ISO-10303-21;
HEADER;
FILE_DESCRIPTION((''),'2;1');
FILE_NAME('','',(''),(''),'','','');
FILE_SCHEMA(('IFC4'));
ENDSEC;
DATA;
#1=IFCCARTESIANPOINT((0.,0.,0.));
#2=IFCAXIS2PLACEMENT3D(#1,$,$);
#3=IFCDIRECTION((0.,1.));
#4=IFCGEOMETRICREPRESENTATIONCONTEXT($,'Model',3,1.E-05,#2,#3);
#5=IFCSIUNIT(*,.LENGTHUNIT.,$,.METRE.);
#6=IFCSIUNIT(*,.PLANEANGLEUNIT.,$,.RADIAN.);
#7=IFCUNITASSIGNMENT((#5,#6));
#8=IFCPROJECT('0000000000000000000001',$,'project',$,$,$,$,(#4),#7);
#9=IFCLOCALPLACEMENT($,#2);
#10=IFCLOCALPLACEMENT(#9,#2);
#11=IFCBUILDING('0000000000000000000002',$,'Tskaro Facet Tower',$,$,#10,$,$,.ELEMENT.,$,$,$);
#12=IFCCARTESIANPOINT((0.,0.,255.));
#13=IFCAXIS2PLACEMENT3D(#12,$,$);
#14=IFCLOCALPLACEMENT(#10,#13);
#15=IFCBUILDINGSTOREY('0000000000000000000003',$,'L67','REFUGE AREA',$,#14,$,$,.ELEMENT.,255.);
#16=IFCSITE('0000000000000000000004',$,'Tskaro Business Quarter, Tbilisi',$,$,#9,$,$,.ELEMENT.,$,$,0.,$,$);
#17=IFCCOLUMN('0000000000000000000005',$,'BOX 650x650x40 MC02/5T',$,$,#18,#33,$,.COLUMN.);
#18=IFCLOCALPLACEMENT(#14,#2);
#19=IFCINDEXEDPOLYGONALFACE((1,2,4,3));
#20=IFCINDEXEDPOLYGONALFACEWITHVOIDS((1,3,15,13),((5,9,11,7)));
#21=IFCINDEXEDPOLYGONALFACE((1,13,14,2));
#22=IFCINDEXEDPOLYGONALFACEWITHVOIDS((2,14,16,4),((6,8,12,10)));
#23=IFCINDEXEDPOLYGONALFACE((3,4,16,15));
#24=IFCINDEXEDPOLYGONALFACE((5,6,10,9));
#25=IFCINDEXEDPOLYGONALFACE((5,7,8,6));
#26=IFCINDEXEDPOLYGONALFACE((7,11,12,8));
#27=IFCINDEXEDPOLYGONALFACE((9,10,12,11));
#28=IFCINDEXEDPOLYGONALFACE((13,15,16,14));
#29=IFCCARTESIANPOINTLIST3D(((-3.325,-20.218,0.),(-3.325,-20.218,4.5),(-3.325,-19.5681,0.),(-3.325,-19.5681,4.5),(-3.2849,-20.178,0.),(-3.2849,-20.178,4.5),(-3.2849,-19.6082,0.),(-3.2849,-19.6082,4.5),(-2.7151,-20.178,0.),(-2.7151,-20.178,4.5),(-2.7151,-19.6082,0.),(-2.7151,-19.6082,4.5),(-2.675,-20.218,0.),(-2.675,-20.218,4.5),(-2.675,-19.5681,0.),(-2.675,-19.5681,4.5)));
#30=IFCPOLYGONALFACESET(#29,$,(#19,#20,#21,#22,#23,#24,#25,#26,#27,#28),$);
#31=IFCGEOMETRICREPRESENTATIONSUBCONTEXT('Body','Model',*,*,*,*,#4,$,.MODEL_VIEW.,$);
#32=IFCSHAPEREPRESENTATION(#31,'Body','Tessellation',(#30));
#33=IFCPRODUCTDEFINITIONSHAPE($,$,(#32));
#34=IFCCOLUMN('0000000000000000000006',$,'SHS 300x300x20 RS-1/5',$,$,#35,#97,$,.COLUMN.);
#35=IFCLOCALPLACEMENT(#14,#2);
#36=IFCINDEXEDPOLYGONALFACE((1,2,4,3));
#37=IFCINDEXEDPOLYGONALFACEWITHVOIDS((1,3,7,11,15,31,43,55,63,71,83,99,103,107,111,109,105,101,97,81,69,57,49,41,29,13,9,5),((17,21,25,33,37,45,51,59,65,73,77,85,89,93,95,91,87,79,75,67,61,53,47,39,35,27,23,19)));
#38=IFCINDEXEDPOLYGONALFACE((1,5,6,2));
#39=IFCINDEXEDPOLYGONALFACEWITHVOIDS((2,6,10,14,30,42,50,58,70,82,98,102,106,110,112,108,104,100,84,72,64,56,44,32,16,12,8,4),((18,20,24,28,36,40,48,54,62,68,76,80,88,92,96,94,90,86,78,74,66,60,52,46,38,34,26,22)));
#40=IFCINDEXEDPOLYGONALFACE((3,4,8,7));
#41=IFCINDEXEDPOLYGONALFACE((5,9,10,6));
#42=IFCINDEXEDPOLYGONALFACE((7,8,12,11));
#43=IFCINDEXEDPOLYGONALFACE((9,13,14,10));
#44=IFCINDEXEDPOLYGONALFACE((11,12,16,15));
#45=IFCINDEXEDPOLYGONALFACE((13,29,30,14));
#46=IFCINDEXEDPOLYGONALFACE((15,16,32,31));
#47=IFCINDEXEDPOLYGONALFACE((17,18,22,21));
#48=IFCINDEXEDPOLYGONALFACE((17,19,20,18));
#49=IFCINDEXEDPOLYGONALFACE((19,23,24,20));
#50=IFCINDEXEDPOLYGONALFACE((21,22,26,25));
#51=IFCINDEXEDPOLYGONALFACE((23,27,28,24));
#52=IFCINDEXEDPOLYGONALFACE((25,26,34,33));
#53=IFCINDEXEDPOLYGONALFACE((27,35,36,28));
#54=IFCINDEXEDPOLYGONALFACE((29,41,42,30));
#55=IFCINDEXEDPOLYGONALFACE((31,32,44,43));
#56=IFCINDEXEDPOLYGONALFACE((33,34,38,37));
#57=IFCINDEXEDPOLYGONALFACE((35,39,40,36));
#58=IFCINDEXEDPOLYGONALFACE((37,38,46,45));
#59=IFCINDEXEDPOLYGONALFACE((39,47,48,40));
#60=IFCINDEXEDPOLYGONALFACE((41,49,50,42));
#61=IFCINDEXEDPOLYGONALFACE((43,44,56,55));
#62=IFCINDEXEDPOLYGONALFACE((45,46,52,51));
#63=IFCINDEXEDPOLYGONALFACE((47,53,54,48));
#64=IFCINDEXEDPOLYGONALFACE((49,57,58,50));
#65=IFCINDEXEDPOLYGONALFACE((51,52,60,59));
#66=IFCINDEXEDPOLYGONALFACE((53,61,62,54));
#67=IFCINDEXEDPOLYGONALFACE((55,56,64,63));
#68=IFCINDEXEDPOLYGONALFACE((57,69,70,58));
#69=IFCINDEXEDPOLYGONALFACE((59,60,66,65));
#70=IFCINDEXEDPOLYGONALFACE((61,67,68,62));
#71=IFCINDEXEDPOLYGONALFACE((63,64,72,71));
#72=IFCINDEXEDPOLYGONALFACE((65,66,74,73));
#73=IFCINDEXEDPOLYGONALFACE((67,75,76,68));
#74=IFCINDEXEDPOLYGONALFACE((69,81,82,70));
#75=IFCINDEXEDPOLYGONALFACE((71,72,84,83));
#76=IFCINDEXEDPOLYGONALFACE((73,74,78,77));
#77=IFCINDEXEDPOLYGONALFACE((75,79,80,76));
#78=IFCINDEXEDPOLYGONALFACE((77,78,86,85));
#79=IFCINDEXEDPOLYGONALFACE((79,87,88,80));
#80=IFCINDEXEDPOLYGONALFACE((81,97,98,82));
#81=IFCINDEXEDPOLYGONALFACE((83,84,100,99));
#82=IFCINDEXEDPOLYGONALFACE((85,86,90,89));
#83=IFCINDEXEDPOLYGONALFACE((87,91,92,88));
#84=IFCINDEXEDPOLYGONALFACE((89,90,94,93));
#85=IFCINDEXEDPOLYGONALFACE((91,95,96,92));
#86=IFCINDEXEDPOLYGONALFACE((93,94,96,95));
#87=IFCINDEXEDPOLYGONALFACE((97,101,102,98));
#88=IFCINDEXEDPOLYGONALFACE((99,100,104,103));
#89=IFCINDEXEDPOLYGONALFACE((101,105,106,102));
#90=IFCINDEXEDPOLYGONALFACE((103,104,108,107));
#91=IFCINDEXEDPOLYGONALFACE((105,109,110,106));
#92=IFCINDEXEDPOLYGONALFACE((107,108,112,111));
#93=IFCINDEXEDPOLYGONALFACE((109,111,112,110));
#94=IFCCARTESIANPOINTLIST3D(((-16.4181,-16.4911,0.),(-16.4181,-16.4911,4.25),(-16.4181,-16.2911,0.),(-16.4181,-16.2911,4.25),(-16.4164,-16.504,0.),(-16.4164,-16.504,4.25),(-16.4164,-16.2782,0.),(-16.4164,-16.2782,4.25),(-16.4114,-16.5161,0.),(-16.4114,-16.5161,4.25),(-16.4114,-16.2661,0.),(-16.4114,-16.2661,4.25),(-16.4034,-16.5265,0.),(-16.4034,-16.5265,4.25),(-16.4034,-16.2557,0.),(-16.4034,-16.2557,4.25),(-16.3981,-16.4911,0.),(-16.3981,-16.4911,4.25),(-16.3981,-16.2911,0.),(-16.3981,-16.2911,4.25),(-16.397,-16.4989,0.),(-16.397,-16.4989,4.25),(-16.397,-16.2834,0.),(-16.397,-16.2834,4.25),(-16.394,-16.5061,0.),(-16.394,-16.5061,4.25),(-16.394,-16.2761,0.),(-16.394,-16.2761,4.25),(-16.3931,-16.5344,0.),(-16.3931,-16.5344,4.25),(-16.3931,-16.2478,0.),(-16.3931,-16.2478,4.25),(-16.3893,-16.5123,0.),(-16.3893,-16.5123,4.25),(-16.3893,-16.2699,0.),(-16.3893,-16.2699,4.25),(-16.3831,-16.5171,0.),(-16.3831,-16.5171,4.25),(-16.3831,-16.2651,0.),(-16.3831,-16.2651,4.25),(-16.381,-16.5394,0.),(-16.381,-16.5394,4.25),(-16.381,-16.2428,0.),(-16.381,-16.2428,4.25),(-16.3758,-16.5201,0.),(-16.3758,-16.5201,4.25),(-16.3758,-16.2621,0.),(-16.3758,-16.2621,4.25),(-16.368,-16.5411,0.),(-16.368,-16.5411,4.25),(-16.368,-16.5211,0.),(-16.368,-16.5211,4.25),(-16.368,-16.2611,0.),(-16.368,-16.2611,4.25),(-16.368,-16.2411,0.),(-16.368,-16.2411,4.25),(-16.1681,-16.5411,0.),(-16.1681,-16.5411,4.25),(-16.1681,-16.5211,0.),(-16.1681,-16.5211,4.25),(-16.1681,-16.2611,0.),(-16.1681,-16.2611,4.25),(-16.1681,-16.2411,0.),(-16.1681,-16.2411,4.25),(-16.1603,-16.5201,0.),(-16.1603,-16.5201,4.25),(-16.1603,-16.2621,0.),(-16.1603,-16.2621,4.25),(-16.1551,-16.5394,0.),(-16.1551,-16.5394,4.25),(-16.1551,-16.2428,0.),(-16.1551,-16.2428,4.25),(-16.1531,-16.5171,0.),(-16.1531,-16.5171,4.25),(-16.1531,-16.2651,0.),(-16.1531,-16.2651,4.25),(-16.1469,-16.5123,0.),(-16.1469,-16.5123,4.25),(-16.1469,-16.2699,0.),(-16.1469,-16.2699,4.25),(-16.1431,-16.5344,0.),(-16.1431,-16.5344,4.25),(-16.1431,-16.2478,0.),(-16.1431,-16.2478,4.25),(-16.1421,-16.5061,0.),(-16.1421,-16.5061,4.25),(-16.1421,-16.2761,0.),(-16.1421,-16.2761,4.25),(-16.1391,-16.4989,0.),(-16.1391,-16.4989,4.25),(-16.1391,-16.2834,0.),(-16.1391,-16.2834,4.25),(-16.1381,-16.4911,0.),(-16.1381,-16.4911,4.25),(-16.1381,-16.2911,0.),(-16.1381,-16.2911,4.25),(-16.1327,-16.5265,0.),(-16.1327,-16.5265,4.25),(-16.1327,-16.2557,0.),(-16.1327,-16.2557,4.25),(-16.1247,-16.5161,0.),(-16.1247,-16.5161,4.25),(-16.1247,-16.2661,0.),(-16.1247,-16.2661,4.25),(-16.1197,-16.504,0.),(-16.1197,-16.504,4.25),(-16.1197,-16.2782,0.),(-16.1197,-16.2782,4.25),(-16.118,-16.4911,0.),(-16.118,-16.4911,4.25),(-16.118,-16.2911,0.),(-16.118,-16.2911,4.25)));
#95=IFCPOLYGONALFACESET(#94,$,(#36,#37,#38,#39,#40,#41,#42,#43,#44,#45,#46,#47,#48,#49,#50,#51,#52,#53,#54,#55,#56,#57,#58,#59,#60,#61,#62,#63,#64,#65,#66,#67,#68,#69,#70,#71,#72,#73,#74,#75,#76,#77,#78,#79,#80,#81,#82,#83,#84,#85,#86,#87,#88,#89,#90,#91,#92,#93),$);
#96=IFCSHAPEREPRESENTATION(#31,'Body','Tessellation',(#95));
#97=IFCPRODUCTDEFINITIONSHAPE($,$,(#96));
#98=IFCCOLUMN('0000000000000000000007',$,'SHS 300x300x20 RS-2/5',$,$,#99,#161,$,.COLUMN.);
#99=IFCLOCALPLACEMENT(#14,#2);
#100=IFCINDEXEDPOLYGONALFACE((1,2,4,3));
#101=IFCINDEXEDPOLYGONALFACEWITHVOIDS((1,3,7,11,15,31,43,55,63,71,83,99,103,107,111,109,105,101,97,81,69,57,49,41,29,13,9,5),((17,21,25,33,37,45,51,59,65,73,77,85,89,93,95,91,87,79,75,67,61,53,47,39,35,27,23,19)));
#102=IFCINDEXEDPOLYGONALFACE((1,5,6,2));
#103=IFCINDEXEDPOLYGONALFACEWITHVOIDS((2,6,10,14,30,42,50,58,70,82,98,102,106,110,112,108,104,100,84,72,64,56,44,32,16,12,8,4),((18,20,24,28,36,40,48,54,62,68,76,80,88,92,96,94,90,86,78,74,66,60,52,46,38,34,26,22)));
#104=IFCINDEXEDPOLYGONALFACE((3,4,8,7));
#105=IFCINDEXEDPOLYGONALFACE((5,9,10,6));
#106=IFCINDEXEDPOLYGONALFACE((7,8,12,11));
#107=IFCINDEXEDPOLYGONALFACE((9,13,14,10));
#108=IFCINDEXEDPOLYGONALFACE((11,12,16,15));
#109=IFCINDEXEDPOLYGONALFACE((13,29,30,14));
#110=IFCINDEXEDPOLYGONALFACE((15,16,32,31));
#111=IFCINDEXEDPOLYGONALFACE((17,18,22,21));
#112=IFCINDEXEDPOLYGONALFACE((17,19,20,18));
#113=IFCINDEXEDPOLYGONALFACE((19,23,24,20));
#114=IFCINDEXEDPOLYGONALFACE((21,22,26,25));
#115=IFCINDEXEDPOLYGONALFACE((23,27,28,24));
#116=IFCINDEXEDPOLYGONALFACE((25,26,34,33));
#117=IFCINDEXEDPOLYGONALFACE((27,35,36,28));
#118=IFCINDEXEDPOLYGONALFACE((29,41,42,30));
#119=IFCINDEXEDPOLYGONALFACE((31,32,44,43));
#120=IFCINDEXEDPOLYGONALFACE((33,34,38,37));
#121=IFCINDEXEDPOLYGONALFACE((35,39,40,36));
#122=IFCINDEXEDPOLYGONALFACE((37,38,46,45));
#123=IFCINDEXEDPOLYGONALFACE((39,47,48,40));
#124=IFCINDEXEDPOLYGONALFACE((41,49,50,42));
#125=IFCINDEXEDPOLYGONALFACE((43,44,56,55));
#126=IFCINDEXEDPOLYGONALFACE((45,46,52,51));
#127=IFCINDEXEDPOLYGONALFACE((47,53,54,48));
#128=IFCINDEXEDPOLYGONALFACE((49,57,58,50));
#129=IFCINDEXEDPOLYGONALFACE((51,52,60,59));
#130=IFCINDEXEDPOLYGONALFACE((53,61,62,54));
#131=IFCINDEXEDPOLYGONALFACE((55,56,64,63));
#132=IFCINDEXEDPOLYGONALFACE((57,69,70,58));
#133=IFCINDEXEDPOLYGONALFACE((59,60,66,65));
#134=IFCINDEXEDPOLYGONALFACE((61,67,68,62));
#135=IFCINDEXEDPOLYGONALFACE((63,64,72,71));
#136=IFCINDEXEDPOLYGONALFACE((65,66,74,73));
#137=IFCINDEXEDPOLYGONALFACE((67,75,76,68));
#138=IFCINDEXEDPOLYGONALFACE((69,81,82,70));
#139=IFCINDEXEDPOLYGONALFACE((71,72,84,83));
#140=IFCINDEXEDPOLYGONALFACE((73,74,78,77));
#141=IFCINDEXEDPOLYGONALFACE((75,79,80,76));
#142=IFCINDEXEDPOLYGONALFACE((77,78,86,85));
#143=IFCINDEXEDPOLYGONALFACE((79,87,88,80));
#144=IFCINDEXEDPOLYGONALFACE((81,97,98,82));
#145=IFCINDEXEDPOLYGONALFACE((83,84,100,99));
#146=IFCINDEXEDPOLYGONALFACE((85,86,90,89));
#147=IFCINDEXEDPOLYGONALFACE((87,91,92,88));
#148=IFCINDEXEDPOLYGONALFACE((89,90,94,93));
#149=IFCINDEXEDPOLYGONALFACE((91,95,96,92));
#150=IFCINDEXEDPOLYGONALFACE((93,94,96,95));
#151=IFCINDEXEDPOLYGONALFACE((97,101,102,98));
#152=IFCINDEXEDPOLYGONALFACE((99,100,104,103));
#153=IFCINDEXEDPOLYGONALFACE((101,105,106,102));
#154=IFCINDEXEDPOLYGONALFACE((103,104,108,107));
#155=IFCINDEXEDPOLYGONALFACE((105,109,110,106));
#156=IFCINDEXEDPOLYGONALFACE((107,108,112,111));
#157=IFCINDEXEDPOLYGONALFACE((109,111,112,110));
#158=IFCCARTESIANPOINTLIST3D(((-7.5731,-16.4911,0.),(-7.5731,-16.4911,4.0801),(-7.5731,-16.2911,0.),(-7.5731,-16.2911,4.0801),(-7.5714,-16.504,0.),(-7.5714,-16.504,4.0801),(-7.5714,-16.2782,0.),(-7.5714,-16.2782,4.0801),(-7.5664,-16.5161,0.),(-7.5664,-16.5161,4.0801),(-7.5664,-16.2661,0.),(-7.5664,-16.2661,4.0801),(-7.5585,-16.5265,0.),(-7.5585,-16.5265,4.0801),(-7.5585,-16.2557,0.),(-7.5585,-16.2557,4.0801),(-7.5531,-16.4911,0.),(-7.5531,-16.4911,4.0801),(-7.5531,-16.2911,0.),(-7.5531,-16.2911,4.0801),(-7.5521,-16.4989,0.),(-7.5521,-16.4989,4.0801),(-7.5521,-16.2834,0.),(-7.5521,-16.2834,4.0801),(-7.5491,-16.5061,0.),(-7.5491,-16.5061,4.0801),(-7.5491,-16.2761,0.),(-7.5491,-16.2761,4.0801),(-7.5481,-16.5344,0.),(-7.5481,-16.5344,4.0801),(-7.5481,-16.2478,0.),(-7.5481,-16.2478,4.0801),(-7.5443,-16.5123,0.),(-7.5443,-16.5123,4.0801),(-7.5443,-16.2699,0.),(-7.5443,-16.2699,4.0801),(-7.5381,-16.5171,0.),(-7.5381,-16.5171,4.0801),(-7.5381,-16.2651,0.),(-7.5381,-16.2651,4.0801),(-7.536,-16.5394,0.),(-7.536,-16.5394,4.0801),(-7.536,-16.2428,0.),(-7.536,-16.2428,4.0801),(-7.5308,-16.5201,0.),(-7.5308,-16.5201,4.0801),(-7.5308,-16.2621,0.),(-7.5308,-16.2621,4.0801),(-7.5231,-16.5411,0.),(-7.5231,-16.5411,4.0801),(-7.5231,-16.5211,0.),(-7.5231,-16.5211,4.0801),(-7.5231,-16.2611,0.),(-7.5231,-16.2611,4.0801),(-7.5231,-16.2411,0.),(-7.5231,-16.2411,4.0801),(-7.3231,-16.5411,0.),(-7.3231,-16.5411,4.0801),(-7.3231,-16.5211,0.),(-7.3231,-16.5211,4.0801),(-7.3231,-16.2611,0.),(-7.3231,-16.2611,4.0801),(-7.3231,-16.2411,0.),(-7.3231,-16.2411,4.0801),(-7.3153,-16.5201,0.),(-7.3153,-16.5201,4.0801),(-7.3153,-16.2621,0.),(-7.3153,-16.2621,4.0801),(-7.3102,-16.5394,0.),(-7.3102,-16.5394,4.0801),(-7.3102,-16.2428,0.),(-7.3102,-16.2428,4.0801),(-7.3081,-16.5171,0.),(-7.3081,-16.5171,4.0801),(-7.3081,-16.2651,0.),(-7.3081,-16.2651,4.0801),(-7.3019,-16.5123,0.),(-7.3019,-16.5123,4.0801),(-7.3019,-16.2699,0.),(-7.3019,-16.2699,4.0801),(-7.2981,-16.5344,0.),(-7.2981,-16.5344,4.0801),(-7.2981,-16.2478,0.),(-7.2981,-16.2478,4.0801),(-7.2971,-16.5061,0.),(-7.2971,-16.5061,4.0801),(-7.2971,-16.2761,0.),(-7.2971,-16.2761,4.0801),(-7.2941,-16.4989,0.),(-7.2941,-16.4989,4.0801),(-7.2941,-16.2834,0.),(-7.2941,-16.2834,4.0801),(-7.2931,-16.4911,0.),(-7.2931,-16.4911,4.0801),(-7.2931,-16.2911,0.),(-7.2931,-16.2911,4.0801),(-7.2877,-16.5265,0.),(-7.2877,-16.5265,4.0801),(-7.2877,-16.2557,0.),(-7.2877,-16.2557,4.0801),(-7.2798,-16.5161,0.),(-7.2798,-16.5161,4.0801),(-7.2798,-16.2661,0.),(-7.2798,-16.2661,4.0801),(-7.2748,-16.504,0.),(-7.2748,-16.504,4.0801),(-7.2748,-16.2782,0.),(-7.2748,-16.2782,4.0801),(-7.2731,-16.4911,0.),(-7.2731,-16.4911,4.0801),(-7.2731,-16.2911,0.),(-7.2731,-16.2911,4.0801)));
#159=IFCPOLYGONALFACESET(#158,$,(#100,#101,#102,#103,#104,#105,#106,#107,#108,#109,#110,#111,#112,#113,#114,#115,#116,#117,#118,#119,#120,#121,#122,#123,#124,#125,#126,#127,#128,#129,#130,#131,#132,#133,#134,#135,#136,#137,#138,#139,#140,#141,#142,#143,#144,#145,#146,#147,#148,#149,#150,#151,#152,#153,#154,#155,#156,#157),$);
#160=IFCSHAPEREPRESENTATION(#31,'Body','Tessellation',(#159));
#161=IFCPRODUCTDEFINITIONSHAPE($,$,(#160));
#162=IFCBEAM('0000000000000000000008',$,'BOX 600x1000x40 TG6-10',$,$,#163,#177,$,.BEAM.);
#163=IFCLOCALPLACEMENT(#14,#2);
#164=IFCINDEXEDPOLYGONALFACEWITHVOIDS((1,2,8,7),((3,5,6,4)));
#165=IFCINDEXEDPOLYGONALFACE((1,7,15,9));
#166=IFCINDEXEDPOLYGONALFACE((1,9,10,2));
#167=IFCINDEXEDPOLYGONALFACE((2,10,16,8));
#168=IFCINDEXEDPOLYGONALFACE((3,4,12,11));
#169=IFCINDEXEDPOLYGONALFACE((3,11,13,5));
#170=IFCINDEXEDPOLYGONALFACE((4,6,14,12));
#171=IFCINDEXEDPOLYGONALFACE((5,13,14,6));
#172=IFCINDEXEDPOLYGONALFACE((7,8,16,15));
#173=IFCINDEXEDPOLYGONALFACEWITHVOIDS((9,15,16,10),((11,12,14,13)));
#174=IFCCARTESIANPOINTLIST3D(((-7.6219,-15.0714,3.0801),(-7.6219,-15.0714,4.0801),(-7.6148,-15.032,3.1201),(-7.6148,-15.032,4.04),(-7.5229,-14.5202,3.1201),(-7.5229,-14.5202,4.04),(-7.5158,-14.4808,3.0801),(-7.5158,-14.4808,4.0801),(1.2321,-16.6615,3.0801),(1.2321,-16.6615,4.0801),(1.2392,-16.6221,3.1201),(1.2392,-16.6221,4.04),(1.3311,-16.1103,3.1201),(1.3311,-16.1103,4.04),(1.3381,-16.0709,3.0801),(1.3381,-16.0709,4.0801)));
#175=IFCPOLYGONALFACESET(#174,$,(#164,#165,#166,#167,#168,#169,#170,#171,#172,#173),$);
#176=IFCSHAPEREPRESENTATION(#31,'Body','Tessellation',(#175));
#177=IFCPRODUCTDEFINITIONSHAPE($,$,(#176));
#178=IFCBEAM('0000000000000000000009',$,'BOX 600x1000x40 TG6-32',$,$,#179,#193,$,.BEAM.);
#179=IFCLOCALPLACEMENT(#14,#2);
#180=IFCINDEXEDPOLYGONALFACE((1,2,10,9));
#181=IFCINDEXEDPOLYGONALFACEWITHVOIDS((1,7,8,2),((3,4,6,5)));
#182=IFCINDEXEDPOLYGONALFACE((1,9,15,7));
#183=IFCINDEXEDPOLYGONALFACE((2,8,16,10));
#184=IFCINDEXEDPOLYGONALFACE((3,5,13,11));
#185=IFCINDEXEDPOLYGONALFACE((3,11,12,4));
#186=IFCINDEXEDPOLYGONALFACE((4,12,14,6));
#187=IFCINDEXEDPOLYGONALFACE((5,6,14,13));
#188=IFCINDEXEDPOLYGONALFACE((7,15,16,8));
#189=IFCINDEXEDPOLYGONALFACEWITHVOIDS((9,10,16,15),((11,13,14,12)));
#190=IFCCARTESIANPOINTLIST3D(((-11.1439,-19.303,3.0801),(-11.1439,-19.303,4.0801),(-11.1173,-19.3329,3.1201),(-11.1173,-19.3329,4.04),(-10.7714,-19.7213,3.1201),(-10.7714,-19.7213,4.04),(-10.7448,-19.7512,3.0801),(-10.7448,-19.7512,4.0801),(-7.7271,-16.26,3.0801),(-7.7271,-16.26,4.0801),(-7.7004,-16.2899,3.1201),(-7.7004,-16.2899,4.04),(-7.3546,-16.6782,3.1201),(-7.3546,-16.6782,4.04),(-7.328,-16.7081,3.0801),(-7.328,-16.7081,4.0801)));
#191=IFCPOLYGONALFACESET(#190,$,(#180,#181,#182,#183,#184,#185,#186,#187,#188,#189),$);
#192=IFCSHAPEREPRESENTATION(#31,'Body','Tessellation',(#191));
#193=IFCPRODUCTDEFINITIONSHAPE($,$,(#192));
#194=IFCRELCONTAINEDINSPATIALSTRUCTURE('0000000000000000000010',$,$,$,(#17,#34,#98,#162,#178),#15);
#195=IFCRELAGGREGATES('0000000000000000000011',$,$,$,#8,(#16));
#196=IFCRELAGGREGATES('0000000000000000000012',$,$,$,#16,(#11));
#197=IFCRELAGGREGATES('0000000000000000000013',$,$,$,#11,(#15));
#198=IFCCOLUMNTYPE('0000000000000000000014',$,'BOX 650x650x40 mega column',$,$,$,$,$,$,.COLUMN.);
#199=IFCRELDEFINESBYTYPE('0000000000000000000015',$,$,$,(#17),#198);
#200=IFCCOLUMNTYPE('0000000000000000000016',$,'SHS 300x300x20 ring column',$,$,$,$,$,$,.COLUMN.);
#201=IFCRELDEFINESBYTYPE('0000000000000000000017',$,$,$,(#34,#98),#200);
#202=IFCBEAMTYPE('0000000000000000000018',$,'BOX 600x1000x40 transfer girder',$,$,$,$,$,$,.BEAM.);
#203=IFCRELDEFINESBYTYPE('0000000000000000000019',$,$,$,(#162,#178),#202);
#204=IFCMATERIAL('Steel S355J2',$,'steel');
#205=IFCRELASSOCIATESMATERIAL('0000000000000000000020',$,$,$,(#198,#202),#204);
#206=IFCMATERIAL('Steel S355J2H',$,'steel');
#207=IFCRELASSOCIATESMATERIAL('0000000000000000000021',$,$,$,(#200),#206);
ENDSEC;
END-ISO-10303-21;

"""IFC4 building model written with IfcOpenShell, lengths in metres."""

from ifc_helpers import new_model, si_unit, direction, frame, origin, origin_2d, place, context, subcontext, project, spatial, hollow_rectangle, extrude, material, material_profile, profile_set, type_object, element, save


model = new_model("IFC4")

# Units and contexts
model_context = context("Model", 3, precision=1e-05, world=origin(), true_north=direction((0.0, 1.0)))
body_context = subcontext(model_context, "Body", "Model", "MODEL_VIEW")
ifc_project = project(units=[si_unit("LENGTHUNIT", "METRE"), si_unit("PLANEANGLEUNIT", "RADIAN")], contexts=[model_context])

# Site, building, storey
site_placement = place(None, origin())
site = spatial("IfcSite", under=ifc_project, at=site_placement, Name="Tskaro Business Quarter, Tbilisi", CompositionType="ELEMENT", RefElevation=0.0)
building_placement = place(site_placement, origin())
building = spatial("IfcBuilding", under=site, at=building_placement, Name="Tskaro Facet Tower", CompositionType="ELEMENT")
storey_placement = place(building_placement, frame((0.0, 0.0, 255.0)))
storey = spatial("IfcBuildingStorey", under=building, at=storey_placement, Name="L67", Description="REFUGE AREA", CompositionType="ELEMENT", Elevation=255.0)

# Columns
ifc_material_1 = material(Name="Steel S355J2", Category="steel")
ifc_material_profile_1 = material_profile(ifc_material_1, hollow_rectangle(XDim=0.6499, YDim=0.6499, WallThickness=0.04, at=origin_2d()), Name="BOX 650x650x40")
ifc_profile_set_1 = profile_set([ifc_material_profile_1], Name="Steel S355J2")
column_type_1 = type_object("IfcColumnType", Name="BOX 650x650x40 mega column", PredefinedType="COLUMN", material=ifc_profile_set_1)
column_1_placement = place(storey_placement, frame((-3.0, -19.8931, 0.0), z_axis=(0.0, 0.0, 1.0), x_axis=(1.0, 0.0, 0.0)))
element("IfcColumn", 1, at=column_1_placement, inside=storey, type_object=column_type_1, Name="BOX 650x650x40 MC02/5T", PredefinedType="COLUMN", context=body_context, shape_type="SweptSolid", body=[
    extrude(hollow_rectangle(XDim=0.6499, YDim=0.6499, WallThickness=0.04, at=origin_2d()), origin(), (0.0, 0.0, 1.0), 4.5),
])
ifc_material_2 = material(Name="Steel S355J2H", Category="steel")
ifc_material_profile_2 = material_profile(ifc_material_2, hollow_rectangle(XDim=0.3, YDim=0.3, WallThickness=0.02, InnerFilletRadius=0.03, OuterFilletRadius=0.05, at=origin_2d()), Name="SHS 300x300x20")
ifc_profile_set_2 = profile_set([ifc_material_profile_2], Name="Steel S355J2H")
column_type_2 = type_object("IfcColumnType", Name="SHS 300x300x20 ring column", PredefinedType="COLUMN", material=ifc_profile_set_2)
column_2_placement = place(storey_placement, frame((-16.2681, -16.3911, 0.0), z_axis=(0.0, 0.0, 1.0), x_axis=(1.0, 0.0, 0.0)))
element("IfcColumn", 2, at=column_2_placement, inside=storey, type_object=column_type_2, Name="SHS 300x300x20 RS-1/5", PredefinedType="COLUMN", context=body_context, shape_type="SweptSolid", body=[
    extrude(hollow_rectangle(XDim=0.3, YDim=0.3, WallThickness=0.02, InnerFilletRadius=0.03, OuterFilletRadius=0.05, at=origin_2d()), origin(), (0.0, 0.0, 1.0), 4.25),
])
column_3_placement = place(storey_placement, frame((-7.4231, -16.3911, 0.0), z_axis=(0.0, 0.0, 1.0), x_axis=(1.0, 0.0, 0.0)))
element("IfcColumn", 3, at=column_3_placement, inside=storey, type_object=column_type_2, Name="SHS 300x300x20 RS-2/5", PredefinedType="COLUMN", context=body_context, shape_type="SweptSolid", body=[
    extrude(hollow_rectangle(XDim=0.3, YDim=0.3, WallThickness=0.02, InnerFilletRadius=0.03, OuterFilletRadius=0.05, at=origin_2d()), origin(), (0.0, 0.0, 1.0), 4.0801),
])

# Beams
ifc_material_profile_3 = material_profile(ifc_material_1, hollow_rectangle(XDim=0.6001, YDim=1.0, WallThickness=0.04, at=origin_2d()), Name="BOX 600x1000x40")
ifc_profile_set_3 = profile_set([ifc_material_profile_3], Name="Steel S355J2")
beam_type_1 = type_object("IfcBeamType", Name="BOX 600x1000x40 transfer girder", PredefinedType="BEAM", material=ifc_profile_set_3)
beam_1_placement = place(storey_placement, frame((-7.5688, -14.7761, 3.5801), z_axis=(0.984254, -0.176762, 0.0), x_axis=(0.176762, 0.984254, 0.0)))
element("IfcBeam", 4, at=beam_1_placement, inside=storey, type_object=beam_type_1, Name="BOX 600x1000x40 TG6-10", PredefinedType="BEAM", context=body_context, shape_type="SweptSolid", body=[
    extrude(hollow_rectangle(XDim=0.6001, YDim=1.0, WallThickness=0.04, at=origin_2d()), origin(), (0.0, 0.0, 1.0), 8.9956),
])
beam_2_placement = place(storey_placement, frame((-10.9443, -19.5271, 3.5801), z_axis=(0.746773, 0.665079, 0.0), x_axis=(-0.665079, 0.746773, 0.0)))
element("IfcBeam", 5, at=beam_2_placement, inside=storey, type_object=beam_type_1, Name="BOX 600x1000x40 TG6-32", PredefinedType="BEAM", context=body_context, shape_type="SweptSolid", body=[
    extrude(hollow_rectangle(XDim=0.6001, YDim=1.0, WallThickness=0.04, at=origin_2d()), origin(), (0.0, 0.0, 1.0), 4.5754),
])

save(model, "model.ifc")
